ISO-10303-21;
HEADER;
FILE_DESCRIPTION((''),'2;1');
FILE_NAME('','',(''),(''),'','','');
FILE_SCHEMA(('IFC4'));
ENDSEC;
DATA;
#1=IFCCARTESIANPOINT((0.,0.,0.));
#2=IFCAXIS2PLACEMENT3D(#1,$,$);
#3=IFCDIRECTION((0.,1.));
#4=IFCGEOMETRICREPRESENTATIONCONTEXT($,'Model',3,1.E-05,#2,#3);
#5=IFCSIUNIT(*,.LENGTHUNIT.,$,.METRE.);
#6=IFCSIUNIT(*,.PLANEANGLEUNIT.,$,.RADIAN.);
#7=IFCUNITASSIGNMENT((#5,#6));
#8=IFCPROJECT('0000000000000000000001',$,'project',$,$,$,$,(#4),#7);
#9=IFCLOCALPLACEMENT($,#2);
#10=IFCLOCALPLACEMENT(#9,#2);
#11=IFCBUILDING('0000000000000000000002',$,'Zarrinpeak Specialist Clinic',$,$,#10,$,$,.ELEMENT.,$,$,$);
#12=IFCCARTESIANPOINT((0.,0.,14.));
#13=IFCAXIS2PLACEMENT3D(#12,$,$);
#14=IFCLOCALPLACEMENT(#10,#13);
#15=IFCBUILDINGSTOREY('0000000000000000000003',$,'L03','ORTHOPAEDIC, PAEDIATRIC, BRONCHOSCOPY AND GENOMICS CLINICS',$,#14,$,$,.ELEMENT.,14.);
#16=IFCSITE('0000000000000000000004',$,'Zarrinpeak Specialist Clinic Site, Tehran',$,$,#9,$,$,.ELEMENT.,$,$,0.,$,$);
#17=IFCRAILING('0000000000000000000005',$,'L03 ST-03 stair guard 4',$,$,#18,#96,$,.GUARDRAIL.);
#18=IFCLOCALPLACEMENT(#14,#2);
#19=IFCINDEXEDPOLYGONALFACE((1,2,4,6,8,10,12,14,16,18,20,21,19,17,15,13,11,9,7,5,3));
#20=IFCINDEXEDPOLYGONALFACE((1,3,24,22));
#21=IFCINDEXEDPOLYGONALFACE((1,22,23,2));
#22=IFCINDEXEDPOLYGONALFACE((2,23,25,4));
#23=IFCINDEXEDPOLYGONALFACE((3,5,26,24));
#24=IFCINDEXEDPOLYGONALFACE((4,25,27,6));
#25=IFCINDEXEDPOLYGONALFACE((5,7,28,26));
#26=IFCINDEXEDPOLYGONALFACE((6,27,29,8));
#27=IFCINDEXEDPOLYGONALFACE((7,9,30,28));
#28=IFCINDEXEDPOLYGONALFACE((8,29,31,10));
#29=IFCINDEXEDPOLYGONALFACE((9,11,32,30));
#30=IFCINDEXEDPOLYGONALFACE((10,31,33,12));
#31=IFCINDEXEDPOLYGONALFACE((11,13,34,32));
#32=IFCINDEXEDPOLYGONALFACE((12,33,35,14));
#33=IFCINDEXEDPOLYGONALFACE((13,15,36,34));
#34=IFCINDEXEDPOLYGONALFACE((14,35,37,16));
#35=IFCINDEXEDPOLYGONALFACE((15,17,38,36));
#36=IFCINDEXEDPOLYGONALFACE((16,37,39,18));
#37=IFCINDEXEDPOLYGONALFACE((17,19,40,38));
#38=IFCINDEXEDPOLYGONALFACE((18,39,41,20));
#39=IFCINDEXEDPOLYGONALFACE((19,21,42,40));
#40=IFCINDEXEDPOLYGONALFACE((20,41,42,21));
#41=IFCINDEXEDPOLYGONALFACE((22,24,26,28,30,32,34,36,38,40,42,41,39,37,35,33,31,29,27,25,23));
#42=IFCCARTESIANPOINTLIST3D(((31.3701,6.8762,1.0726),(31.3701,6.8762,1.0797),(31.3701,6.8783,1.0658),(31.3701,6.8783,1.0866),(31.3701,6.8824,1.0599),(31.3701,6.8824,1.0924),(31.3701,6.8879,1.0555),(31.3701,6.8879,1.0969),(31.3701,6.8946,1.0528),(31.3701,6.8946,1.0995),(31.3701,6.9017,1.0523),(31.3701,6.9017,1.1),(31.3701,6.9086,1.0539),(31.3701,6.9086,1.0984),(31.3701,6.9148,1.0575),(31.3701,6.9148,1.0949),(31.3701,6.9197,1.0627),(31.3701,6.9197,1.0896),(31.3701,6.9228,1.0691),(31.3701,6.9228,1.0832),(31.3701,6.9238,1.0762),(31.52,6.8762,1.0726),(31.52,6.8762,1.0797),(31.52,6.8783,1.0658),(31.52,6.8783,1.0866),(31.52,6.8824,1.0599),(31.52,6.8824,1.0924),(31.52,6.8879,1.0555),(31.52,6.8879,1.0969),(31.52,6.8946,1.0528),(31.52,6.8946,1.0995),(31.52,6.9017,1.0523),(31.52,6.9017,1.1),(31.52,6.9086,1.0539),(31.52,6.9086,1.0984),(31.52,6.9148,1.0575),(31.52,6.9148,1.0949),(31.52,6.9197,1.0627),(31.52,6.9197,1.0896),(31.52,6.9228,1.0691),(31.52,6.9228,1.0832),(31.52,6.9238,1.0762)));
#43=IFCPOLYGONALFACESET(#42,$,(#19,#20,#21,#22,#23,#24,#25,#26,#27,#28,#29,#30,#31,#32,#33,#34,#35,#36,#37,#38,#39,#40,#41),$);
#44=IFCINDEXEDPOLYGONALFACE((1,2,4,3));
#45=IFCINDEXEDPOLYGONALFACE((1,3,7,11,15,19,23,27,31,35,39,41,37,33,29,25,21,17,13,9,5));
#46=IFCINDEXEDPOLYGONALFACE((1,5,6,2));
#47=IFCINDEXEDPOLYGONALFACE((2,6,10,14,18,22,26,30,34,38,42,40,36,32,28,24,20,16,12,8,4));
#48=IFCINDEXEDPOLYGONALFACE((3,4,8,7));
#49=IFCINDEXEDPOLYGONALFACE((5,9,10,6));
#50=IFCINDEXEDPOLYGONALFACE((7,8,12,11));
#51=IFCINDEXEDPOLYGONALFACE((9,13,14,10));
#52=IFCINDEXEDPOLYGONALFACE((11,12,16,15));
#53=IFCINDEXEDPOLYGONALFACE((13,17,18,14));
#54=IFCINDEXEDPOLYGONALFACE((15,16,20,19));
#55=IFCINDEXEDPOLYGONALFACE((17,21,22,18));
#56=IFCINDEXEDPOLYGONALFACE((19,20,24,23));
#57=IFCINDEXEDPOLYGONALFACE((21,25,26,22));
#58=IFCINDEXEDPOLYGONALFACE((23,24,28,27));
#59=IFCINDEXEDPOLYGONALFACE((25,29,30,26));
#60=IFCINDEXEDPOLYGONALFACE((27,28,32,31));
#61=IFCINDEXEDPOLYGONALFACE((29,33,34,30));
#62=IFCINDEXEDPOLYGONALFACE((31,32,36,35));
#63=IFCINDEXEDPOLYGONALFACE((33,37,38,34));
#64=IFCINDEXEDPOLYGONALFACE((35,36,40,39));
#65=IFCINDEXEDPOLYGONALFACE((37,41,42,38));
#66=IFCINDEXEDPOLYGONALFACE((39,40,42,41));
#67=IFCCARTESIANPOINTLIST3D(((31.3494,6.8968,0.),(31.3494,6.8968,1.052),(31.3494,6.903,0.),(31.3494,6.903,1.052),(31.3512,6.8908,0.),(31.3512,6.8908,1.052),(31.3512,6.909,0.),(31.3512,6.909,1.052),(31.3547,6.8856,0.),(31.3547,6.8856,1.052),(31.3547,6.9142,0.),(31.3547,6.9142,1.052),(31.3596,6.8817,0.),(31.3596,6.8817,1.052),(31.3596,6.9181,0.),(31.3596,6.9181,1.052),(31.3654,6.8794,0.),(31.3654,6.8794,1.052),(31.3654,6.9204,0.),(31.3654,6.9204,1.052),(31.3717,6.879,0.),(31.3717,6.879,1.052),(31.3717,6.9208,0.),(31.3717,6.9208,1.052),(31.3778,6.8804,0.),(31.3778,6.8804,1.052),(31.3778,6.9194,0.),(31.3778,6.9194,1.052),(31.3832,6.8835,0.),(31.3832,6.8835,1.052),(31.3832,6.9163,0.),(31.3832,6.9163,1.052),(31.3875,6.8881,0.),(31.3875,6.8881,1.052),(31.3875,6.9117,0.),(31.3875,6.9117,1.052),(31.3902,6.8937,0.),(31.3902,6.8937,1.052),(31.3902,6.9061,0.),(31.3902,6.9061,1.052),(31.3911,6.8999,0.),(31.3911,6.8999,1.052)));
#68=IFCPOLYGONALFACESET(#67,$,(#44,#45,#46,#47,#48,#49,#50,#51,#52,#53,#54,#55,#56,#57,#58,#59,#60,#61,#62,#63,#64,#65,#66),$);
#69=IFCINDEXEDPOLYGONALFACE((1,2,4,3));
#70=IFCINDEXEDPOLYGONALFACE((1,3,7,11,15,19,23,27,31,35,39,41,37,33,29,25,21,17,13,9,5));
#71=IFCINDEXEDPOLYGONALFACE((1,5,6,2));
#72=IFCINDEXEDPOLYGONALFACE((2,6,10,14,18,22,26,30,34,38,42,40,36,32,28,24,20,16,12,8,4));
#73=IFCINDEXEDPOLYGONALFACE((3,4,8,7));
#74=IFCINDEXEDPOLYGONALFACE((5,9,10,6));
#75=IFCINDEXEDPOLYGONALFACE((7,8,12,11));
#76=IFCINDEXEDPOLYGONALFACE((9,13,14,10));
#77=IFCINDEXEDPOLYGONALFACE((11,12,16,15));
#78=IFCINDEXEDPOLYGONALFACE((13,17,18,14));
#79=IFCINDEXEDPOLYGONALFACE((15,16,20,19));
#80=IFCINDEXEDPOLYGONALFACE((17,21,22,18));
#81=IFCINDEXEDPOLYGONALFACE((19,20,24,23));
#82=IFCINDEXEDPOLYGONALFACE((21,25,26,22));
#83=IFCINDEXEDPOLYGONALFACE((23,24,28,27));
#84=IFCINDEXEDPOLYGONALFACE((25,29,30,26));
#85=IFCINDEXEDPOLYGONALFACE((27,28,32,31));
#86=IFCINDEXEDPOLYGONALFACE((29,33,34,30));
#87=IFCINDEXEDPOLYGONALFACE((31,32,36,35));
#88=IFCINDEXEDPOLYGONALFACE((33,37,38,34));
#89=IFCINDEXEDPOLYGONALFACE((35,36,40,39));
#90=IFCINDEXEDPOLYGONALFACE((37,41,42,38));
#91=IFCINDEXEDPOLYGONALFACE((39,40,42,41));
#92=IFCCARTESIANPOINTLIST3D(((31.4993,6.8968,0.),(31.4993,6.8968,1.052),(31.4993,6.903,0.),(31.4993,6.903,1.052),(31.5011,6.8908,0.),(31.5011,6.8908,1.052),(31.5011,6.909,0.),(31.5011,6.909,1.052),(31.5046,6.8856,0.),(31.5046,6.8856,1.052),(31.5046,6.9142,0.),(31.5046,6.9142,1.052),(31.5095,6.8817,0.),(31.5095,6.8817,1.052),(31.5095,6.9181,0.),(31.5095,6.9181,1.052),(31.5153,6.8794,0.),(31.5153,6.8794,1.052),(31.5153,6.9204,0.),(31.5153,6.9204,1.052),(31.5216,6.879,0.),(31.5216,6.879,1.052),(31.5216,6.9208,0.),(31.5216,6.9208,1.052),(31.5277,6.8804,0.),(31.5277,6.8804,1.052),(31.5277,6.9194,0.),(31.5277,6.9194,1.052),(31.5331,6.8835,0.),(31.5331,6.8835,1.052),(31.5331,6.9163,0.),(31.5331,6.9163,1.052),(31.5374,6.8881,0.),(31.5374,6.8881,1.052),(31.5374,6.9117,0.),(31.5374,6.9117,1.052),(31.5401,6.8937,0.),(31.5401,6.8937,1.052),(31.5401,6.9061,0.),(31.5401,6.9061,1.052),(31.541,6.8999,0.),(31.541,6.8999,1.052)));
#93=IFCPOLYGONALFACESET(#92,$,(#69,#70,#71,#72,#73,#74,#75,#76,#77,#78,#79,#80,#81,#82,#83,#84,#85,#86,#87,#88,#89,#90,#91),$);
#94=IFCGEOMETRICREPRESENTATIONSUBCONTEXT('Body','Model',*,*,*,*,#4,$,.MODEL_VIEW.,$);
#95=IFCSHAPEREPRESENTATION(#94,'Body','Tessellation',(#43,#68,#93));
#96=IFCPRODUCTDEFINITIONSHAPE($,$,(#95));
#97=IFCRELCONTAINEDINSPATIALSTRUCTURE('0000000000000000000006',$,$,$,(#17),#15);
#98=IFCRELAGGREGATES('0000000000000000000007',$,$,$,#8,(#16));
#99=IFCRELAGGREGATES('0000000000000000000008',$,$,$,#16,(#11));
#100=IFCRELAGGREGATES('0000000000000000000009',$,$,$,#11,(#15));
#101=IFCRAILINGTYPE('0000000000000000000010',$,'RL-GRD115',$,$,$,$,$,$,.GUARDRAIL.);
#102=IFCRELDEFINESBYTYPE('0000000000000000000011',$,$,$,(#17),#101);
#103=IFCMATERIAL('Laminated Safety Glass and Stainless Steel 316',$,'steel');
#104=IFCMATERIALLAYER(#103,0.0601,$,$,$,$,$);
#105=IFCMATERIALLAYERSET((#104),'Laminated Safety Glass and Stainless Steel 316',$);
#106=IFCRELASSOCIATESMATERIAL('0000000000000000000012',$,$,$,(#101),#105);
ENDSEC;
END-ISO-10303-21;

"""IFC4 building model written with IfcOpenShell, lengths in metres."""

from ifc_helpers import new_model, si_unit, direction, frame, origin, origin_2d, place, context, subcontext, project, spatial, circle, extrude, material, layer, layer_set, type_object, element, save


model = new_model("IFC4")

# Units and contexts
model_context = context("Model", 3, precision=1e-05, world=origin(), true_north=direction((0.0, 1.0)))
body_context = subcontext(model_context, "Body", "Model", "MODEL_VIEW")
ifc_project = project(units=[si_unit("LENGTHUNIT", "METRE"), si_unit("PLANEANGLEUNIT", "RADIAN")], contexts=[model_context])

# Site, building, storey
site_placement = place(None, origin())
site = spatial("IfcSite", under=ifc_project, at=site_placement, Name="Zarrinpeak Specialist Clinic Site, Tehran", CompositionType="ELEMENT", RefElevation=0.0)
building_placement = place(site_placement, origin())
building = spatial("IfcBuilding", under=site, at=building_placement, Name="Zarrinpeak Specialist Clinic", CompositionType="ELEMENT")
storey_placement = place(building_placement, frame((0.0, 0.0, 14.0)))
storey = spatial("IfcBuildingStorey", under=building, at=storey_placement, Name="L03", Description="ORTHOPAEDIC, PAEDIATRIC, BRONCHOSCOPY AND GENOMICS CLINICS", CompositionType="ELEMENT", Elevation=14.0)

# Railing
ifc_material_1 = material(Name="Laminated Safety Glass and Stainless Steel 316", Category="steel")
ifc_layer_1 = layer(ifc_material_1, 0.0601)
ifc_layer_set_1 = layer_set([ifc_layer_1], Name="Laminated Safety Glass and Stainless Steel 316")
railing_type_1 = type_object("IfcRailingType", Name="RL-GRD115", PredefinedType="GUARDRAIL", material=ifc_layer_set_1)
railing_1_placement = place(storey_placement, frame((31.3701, 6.8999, 0.0)))
element("IfcRailing", 1, at=railing_1_placement, inside=storey, type_object=railing_type_1, Name="L03 ST-03 stair guard 4", PredefinedType="GUARDRAIL", context=body_context, shape_type="SweptSolid", body=[
    extrude(circle(Radius=0.0239, at=origin_2d()), frame((0.0, 0.0, 1.0762), z_axis=(1.0, 0.0, 0.0), x_axis=(0.0, 1.0, 0.0)), (0.0, 0.0, 1.0), 0.1499),
    extrude(circle(Radius=0.021, at=origin_2d()), origin(), (0.0, 0.0, 1.0), 1.052),
    extrude(circle(Radius=0.021, at=origin_2d()), frame((0.1499, 0.0, 0.0)), (0.0, 0.0, 1.0), 1.052),
])

save(model, "model.ifc")
